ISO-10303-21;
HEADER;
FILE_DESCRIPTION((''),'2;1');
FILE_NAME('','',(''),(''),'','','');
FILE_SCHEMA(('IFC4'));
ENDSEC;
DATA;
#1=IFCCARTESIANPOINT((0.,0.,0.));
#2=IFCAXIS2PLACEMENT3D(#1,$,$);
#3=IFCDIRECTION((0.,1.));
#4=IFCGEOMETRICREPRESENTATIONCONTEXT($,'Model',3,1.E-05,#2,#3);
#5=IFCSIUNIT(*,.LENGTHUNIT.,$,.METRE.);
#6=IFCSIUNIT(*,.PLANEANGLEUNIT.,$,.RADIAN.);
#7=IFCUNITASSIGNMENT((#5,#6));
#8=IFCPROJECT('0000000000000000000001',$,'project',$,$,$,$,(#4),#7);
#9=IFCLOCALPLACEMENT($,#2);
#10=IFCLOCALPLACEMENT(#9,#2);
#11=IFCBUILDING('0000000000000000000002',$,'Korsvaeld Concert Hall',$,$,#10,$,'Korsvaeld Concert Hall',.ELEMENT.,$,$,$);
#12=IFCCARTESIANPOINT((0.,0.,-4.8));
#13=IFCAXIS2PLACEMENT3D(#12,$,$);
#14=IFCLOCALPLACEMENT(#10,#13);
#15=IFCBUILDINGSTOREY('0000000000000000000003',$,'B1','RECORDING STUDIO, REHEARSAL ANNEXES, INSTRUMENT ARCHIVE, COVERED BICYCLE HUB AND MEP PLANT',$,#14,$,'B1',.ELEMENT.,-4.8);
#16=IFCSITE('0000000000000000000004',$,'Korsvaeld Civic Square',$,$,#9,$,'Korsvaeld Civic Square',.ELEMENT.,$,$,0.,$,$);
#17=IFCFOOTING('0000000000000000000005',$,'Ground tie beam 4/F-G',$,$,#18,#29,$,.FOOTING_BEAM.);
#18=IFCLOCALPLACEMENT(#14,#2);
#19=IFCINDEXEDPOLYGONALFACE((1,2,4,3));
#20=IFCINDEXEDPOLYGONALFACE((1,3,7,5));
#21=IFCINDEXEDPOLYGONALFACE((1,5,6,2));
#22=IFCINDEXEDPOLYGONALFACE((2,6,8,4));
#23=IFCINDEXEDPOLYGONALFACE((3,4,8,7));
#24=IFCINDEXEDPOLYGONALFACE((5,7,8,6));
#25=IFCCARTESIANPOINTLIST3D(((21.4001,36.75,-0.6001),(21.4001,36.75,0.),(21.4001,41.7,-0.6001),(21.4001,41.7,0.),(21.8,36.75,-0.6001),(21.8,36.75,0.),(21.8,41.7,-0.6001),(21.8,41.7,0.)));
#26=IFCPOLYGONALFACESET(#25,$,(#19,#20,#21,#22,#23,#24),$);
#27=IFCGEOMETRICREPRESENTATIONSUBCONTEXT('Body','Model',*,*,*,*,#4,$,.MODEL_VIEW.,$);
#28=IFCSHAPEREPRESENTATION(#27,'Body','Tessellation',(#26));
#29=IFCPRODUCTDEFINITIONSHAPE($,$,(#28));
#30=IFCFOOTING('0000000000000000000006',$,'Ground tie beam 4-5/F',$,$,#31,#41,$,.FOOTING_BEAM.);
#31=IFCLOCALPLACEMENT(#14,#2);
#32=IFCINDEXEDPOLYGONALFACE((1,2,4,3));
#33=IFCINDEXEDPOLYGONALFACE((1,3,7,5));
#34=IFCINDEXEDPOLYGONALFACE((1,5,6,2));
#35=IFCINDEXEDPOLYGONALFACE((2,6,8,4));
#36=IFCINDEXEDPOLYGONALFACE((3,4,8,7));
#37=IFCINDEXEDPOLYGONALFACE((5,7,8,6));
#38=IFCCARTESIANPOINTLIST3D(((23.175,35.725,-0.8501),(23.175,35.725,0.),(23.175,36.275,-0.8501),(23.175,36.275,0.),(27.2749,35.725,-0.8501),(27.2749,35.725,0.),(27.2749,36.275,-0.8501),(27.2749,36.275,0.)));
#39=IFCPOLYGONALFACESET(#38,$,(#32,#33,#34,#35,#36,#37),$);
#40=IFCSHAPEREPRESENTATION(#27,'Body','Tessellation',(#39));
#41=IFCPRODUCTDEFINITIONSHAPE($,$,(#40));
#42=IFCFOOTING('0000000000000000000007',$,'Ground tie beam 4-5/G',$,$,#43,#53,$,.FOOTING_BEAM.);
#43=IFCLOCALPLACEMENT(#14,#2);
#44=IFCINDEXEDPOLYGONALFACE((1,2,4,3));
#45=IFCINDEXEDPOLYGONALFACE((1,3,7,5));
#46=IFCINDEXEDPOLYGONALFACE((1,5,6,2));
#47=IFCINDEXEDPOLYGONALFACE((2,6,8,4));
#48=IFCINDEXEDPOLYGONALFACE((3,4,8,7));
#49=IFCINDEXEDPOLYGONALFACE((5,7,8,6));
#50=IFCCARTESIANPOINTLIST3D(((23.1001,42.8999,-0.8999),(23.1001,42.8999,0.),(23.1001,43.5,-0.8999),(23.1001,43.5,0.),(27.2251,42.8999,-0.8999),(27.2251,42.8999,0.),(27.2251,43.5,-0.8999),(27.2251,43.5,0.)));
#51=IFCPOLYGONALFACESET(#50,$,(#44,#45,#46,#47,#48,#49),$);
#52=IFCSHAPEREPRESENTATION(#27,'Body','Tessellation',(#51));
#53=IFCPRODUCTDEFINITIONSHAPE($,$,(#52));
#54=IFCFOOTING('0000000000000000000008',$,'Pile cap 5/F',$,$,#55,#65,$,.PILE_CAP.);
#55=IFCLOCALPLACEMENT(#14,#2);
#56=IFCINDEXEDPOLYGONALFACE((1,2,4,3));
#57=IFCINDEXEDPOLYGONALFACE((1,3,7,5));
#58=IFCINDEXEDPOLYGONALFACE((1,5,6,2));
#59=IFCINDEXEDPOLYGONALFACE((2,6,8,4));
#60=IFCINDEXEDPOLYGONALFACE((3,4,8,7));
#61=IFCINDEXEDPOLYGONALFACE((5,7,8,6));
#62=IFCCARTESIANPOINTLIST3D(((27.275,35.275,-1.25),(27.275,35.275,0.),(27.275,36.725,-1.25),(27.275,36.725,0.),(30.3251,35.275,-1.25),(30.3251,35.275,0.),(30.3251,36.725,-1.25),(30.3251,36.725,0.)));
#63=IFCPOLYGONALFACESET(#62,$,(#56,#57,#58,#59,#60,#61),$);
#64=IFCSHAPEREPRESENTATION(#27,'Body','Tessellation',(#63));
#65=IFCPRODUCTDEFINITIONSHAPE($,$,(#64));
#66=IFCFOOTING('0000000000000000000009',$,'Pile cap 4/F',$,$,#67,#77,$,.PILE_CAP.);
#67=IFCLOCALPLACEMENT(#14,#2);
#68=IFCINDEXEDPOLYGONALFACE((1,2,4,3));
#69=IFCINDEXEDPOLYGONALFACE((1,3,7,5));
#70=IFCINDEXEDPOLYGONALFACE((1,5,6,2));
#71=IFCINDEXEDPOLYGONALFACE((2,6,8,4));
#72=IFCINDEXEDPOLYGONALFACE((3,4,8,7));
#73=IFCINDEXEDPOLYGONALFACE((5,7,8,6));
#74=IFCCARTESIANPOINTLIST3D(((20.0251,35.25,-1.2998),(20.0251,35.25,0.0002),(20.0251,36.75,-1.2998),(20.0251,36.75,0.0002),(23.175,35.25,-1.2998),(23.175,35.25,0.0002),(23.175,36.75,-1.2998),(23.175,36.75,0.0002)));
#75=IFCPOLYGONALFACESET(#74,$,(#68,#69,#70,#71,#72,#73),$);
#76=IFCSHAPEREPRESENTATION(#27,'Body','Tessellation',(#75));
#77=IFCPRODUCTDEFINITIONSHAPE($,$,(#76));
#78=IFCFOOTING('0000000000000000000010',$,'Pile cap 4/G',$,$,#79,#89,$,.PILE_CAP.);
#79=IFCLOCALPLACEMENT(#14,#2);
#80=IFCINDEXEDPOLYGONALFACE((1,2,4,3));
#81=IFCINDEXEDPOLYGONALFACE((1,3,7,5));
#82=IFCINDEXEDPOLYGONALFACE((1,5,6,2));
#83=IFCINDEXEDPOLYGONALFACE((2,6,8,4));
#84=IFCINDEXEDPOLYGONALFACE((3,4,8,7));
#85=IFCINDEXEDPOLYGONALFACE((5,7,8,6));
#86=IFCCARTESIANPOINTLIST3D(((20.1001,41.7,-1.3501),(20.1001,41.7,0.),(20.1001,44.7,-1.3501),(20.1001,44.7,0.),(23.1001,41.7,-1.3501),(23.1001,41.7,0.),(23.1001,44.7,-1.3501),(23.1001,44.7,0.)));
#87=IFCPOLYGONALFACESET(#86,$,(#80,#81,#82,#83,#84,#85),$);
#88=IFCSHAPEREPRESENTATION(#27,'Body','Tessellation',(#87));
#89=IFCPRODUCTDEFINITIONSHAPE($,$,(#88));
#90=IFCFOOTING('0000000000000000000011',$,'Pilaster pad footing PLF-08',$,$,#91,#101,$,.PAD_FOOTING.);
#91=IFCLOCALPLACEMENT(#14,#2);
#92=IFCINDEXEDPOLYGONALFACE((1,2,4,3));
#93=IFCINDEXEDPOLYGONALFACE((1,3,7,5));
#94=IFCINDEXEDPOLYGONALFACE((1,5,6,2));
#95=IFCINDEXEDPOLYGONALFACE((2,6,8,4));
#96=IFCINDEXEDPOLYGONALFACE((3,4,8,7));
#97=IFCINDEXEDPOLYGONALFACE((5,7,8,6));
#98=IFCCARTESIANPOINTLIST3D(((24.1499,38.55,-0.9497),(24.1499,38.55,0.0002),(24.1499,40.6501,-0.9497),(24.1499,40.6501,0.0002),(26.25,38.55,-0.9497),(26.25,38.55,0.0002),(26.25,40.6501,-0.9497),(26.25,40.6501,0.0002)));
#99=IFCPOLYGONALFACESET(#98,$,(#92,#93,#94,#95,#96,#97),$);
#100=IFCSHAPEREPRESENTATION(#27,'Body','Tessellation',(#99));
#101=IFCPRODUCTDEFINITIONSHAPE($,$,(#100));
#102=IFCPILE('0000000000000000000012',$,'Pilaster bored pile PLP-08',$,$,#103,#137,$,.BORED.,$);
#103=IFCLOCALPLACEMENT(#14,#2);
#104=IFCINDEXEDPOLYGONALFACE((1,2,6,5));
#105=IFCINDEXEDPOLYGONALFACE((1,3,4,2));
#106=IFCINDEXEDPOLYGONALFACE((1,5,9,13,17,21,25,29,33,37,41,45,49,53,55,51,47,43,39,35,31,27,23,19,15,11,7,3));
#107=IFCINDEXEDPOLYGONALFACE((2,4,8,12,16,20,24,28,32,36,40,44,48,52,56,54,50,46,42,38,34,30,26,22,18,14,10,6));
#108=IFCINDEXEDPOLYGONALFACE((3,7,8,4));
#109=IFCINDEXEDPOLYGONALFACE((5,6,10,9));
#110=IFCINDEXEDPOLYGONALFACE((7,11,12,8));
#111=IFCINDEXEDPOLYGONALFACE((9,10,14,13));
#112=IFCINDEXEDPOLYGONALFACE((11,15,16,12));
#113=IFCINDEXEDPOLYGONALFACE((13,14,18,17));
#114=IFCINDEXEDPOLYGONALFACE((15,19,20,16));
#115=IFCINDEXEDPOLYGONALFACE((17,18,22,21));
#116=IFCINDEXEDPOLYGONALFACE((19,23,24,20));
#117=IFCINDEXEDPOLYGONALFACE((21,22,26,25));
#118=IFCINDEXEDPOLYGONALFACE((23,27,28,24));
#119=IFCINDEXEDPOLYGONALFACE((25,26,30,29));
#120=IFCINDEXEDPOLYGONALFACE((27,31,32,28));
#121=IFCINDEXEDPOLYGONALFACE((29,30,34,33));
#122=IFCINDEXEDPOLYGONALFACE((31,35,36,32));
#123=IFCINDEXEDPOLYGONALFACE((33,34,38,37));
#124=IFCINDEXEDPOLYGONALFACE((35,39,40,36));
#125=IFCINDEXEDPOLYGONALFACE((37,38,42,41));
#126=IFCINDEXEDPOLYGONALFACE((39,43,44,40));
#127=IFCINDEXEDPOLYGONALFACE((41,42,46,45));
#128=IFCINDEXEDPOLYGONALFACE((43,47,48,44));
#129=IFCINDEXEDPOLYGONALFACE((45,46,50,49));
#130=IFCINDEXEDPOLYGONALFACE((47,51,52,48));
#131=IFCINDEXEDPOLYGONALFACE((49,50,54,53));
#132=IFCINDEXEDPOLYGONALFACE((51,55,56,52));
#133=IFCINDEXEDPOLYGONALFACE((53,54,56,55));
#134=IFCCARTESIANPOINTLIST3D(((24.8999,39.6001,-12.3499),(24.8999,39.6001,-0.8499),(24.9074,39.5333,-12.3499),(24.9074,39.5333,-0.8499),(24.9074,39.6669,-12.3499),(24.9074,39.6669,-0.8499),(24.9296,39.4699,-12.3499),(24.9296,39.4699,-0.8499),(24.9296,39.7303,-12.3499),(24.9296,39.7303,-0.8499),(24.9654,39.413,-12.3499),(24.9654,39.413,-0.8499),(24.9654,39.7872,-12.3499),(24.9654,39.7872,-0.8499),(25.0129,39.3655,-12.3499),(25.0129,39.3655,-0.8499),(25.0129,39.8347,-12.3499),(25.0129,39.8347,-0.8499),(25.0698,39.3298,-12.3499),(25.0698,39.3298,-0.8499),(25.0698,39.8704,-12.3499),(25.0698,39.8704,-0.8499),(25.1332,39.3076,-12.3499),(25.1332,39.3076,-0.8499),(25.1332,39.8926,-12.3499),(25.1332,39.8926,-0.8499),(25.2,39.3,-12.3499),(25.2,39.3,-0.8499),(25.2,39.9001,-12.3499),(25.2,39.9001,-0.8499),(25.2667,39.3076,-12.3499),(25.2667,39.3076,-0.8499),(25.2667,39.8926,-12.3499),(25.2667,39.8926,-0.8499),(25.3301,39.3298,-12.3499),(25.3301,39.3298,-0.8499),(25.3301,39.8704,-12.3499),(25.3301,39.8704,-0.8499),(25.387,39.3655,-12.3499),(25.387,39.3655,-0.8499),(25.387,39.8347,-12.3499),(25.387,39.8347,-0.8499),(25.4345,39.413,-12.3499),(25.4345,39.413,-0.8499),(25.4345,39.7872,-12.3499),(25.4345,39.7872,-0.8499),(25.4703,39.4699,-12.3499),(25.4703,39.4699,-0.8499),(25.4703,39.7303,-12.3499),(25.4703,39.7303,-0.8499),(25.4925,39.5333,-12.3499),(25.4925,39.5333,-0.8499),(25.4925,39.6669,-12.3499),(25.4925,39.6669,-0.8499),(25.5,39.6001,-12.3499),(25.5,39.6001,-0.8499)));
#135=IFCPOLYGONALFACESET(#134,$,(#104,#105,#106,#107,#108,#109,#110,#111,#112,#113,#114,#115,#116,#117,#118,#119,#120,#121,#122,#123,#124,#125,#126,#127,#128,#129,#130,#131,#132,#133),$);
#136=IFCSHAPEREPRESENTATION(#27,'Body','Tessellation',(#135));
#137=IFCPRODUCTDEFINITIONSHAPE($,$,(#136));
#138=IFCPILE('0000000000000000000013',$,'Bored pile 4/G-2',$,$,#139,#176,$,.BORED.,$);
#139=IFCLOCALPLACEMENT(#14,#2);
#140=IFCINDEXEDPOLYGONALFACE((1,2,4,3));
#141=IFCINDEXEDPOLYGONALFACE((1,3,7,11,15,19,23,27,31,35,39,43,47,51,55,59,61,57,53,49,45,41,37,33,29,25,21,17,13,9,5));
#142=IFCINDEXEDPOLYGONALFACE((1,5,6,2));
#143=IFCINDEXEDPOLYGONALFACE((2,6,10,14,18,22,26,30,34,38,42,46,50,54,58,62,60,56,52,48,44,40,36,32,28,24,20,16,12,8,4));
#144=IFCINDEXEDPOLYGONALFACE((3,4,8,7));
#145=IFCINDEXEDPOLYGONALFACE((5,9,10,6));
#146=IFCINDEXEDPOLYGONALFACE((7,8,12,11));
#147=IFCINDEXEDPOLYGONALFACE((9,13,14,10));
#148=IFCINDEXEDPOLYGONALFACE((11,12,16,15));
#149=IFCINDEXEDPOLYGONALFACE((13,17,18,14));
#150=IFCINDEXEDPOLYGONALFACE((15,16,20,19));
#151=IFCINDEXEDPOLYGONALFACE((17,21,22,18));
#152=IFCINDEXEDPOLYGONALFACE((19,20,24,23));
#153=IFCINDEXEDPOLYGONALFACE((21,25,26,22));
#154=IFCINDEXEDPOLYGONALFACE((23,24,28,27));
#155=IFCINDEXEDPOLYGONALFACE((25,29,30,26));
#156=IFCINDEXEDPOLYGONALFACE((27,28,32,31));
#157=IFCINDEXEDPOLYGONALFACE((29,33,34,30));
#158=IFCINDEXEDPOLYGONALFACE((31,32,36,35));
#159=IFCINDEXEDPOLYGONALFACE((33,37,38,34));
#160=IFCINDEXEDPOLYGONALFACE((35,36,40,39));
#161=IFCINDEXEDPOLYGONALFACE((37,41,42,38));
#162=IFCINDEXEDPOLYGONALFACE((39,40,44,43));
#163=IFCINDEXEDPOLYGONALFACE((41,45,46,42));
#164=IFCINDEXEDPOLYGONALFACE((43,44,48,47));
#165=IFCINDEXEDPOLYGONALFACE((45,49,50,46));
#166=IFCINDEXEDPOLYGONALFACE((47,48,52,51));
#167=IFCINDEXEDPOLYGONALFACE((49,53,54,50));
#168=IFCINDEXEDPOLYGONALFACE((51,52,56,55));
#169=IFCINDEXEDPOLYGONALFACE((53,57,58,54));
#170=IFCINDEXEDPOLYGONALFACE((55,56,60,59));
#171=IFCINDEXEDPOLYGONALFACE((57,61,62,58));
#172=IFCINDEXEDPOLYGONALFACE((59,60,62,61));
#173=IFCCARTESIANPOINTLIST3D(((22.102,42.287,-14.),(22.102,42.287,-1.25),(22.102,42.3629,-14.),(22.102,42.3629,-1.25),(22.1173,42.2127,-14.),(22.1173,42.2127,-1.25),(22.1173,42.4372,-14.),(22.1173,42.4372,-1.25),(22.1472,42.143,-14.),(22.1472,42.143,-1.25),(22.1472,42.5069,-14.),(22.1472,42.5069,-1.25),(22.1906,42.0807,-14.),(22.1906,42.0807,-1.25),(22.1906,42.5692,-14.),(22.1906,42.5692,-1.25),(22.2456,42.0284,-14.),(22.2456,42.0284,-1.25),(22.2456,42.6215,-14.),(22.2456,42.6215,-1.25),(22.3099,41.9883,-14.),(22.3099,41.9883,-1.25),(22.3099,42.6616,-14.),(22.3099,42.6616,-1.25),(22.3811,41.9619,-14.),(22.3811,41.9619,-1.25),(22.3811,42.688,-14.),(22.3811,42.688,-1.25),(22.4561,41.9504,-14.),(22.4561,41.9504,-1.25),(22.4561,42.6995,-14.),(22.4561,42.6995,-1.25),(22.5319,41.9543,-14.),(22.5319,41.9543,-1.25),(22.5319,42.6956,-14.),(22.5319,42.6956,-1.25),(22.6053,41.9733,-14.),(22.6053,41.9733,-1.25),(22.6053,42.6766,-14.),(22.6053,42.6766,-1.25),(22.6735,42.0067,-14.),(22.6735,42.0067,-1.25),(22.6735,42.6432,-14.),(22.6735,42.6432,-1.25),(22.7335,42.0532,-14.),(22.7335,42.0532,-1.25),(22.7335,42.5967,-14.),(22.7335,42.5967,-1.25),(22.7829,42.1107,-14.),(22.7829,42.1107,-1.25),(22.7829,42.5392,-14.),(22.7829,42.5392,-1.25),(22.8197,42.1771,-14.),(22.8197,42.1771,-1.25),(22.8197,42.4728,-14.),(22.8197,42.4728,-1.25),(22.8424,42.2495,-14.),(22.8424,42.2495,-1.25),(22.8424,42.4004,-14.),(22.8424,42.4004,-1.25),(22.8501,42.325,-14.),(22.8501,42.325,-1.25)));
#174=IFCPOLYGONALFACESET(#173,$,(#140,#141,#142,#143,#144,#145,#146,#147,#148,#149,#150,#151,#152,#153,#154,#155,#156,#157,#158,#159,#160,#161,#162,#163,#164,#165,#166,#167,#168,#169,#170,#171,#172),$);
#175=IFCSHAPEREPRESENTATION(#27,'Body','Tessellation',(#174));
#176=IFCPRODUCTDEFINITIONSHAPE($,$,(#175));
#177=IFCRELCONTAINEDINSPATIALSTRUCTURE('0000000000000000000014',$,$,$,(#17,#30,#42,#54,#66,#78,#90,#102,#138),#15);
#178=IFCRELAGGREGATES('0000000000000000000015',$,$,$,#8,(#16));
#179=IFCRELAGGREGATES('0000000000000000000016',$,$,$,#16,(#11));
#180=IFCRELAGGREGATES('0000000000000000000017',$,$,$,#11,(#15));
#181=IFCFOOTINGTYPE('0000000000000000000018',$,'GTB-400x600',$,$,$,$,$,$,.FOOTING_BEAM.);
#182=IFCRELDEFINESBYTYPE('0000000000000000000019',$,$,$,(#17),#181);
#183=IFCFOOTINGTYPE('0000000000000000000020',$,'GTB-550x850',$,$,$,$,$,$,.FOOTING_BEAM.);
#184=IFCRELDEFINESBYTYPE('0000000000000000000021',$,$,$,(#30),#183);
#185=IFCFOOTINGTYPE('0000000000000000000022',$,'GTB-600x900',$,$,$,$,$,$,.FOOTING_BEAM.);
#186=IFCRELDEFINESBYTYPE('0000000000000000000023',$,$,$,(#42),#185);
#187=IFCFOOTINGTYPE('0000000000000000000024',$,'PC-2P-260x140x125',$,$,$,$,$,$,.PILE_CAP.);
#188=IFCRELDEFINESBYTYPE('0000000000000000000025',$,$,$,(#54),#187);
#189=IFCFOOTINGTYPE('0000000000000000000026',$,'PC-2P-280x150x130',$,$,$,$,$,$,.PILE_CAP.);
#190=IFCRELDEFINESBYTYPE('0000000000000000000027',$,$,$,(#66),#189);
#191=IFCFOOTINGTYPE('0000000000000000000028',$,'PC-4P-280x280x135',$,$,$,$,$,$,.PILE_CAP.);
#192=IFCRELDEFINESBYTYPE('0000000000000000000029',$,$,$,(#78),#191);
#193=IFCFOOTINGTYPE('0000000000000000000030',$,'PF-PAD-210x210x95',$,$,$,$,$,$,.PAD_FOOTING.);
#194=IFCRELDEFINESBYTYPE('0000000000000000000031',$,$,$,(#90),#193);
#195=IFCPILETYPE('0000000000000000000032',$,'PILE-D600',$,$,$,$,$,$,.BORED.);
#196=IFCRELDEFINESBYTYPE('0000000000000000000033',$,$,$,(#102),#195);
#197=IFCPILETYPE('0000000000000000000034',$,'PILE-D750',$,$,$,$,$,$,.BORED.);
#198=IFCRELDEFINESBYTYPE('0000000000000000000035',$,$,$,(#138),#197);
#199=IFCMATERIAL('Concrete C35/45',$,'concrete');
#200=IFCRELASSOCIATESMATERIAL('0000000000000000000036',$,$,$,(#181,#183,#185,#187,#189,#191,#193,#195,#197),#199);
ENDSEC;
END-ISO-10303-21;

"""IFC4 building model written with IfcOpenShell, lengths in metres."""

from ifc_helpers import new_model, si_unit, direction, frame, origin, origin_2d, place, context, subcontext, project, spatial, rectangle, circle, extrude, material, material_profile, profile_set, type_object, element, save


model = new_model("IFC4")

# Units and contexts
model_context = context("Model", 3, precision=1e-05, world=origin(), true_north=direction((0.0, 1.0)))
body_context = subcontext(model_context, "Body", "Model", "MODEL_VIEW")
ifc_project = project(units=[si_unit("LENGTHUNIT", "METRE"), si_unit("PLANEANGLEUNIT", "RADIAN")], contexts=[model_context])

# Site, building, storey
site_placement = place(None, origin())
site = spatial("IfcSite", under=ifc_project, at=site_placement, Name="Korsvaeld Civic Square", LongName="Korsvaeld Civic Square", CompositionType="ELEMENT", RefElevation=0.0)
building_placement = place(site_placement, origin())
building = spatial("IfcBuilding", under=site, at=building_placement, Name="Korsvaeld Concert Hall", LongName="Korsvaeld Concert Hall", CompositionType="ELEMENT")
storey_placement = place(building_placement, frame((0.0, 0.0, -4.8)))
storey = spatial("IfcBuildingStorey", under=building, at=storey_placement, Name="B1", Description="RECORDING STUDIO, REHEARSAL ANNEXES, INSTRUMENT ARCHIVE, COVERED BICYCLE HUB AND MEP PLANT", LongName="B1", CompositionType="ELEMENT", Elevation=-4.8)

# Footings
ifc_material_1 = material(Name="Concrete C35/45", Category="concrete")
ifc_material_profile_1 = material_profile(ifc_material_1, rectangle(XDim=0.3999, YDim=0.6001, at=origin_2d()), Name="GTB 400x600")
ifc_profile_set_1 = profile_set([ifc_material_profile_1], Name="Concrete C35/45")
footing_type_1 = type_object("IfcFootingType", Name="GTB-400x600", PredefinedType="FOOTING_BEAM", material=ifc_profile_set_1)
footing_1_placement = place(storey_placement, frame((21.6001, 36.75, -0.3), z_axis=(0.0, 1.0, 0.0), x_axis=(-1.0, 0.0, 0.0)))
element("IfcFooting", 1, at=footing_1_placement, inside=storey, type_object=footing_type_1, Name="Ground tie beam 4/F-G", PredefinedType="FOOTING_BEAM", context=body_context, shape_type="SweptSolid", body=[
    extrude(rectangle(XDim=0.3999, YDim=0.6001, at=origin_2d()), origin(), (0.0, 0.0, 1.0), 4.95),
])
ifc_material_profile_2 = material_profile(ifc_material_1, rectangle(XDim=0.55, YDim=0.8501, at=origin_2d()), Name="GTB 550x850")
ifc_profile_set_2 = profile_set([ifc_material_profile_2], Name="Concrete C35/45")
footing_type_2 = type_object("IfcFootingType", Name="GTB-550x850", PredefinedType="FOOTING_BEAM", material=ifc_profile_set_2)
footing_2_placement = place(storey_placement, frame((23.175, 36.0, -0.425), z_axis=(1.0, 0.0, 0.0), x_axis=(0.0, 1.0, 0.0)))
element("IfcFooting", 2, at=footing_2_placement, inside=storey, type_object=footing_type_2, Name="Ground tie beam 4-5/F", PredefinedType="FOOTING_BEAM", context=body_context, shape_type="SweptSolid", body=[
    extrude(rectangle(XDim=0.55, YDim=0.8501, at=origin_2d()), origin(), (0.0, 0.0, 1.0), 4.0999),
])
ifc_material_profile_3 = material_profile(ifc_material_1, rectangle(XDim=0.6001, YDim=0.8999, at=origin_2d()), Name="GTB 600x900")
ifc_profile_set_3 = profile_set([ifc_material_profile_3], Name="Concrete C35/45")
footing_type_3 = type_object("IfcFootingType", Name="GTB-600x900", PredefinedType="FOOTING_BEAM", material=ifc_profile_set_3)
footing_3_placement = place(storey_placement, frame((23.1001, 43.2, -0.45), z_axis=(1.0, 0.0, 0.0), x_axis=(0.0, 1.0, 0.0)))
element("IfcFooting", 3, at=footing_3_placement, inside=storey, type_object=footing_type_3, Name="Ground tie beam 4-5/G", PredefinedType="FOOTING_BEAM", context=body_context, shape_type="SweptSolid", body=[
    extrude(rectangle(XDim=0.6001, YDim=0.8999, at=origin_2d()), origin(), (0.0, 0.0, 1.0), 4.125),
])
footing_type_4 = type_object("IfcFootingType", Name="PC-2P-260x140x125", PredefinedType="PILE_CAP", material=ifc_material_1)
footing_4_placement = place(storey_placement, frame((28.8, 36.0, -1.25), z_axis=(0.0, 0.0, 1.0), x_axis=(1.0, 0.0, 0.0)))
element("IfcFooting", 4, at=footing_4_placement, inside=storey, type_object=footing_type_4, Name="Pile cap 5/F", PredefinedType="PILE_CAP", context=body_context, shape_type="SweptSolid", body=[
    extrude(rectangle(XDim=3.05, YDim=1.45, at=origin_2d()), origin(), (0.0, 0.0, 1.0), 1.25),
])
footing_type_5 = type_object("IfcFootingType", Name="PC-2P-280x150x130", PredefinedType="PILE_CAP", material=ifc_material_1)
footing_5_placement = place(storey_placement, frame((21.6001, 36.0, -1.2998), z_axis=(0.0, 0.0, 1.0), x_axis=(1.0, 0.0, 0.0)))
element("IfcFooting", 5, at=footing_5_placement, inside=storey, type_object=footing_type_5, Name="Pile cap 4/F", PredefinedType="PILE_CAP", context=body_context, shape_type="SweptSolid", body=[
    extrude(rectangle(XDim=3.1499, YDim=1.5, at=origin_2d()), origin(), (0.0, 0.0, 1.0), 1.3),
])
footing_type_6 = type_object("IfcFootingType", Name="PC-4P-280x280x135", PredefinedType="PILE_CAP", material=ifc_material_1)
footing_6_placement = place(storey_placement, frame((21.6001, 43.2, -1.3501), z_axis=(0.0, 0.0, 1.0), x_axis=(1.0, 0.0, 0.0)))
element("IfcFooting", 6, at=footing_6_placement, inside=storey, type_object=footing_type_6, Name="Pile cap 4/G", PredefinedType="PILE_CAP", context=body_context, shape_type="SweptSolid", body=[
    extrude(rectangle(XDim=3.0, YDim=3.0, at=origin_2d()), origin(), (0.0, 0.0, 1.0), 1.3501),
])
footing_type_7 = type_object("IfcFootingType", Name="PF-PAD-210x210x95", PredefinedType="PAD_FOOTING", material=ifc_material_1)
footing_7_placement = place(storey_placement, frame((25.2, 39.6001, -0.9497), z_axis=(0.0, 0.0, 1.0), x_axis=(1.0, 0.0, 0.0)))
element("IfcFooting", 7, at=footing_7_placement, inside=storey, type_object=footing_type_7, Name="Pilaster pad footing PLF-08", PredefinedType="PAD_FOOTING", context=body_context, shape_type="SweptSolid", body=[
    extrude(rectangle(XDim=2.1001, YDim=2.1001, at=origin_2d()), origin(), (0.0, 0.0, 1.0), 0.95),
])

# Piles
ifc_material_profile_4 = material_profile(ifc_material_1, circle(Radius=0.3, at=origin_2d()), Name="BORED PILE D600")
ifc_profile_set_4 = profile_set([ifc_material_profile_4], Name="Concrete C35/45")
pile_type_1 = type_object("IfcPileType", Name="PILE-D600", PredefinedType="BORED", material=ifc_profile_set_4)
pile_1_placement = place(storey_placement, frame((25.2, 39.6001, -0.8499), z_axis=(0.0, 0.0, -1.0), x_axis=(1.0, 0.0, 0.0)))
element("IfcPile", 8, at=pile_1_placement, inside=storey, type_object=pile_type_1, Name="Pilaster bored pile PLP-08", PredefinedType="BORED", context=body_context, shape_type="SweptSolid", body=[
    extrude(circle(Radius=0.3, at=origin_2d()), origin(), (0.0, 0.0, 1.0), 11.5),
])
ifc_material_profile_5 = material_profile(ifc_material_1, circle(Radius=0.375, at=origin_2d()), Name="BORED PILE D750")
ifc_profile_set_5 = profile_set([ifc_material_profile_5], Name="Concrete C35/45")
pile_type_2 = type_object("IfcPileType", Name="PILE-D750", PredefinedType="BORED", material=ifc_profile_set_5)
pile_2_placement = place(storey_placement, frame((22.4751, 42.325, -1.25), z_axis=(0.0, 0.0, -1.0), x_axis=(1.0, 0.0, 0.0)))
element("IfcPile", 9, at=pile_2_placement, inside=storey, type_object=pile_type_2, Name="Bored pile 4/G-2", PredefinedType="BORED", context=body_context, shape_type="SweptSolid", body=[
    extrude(circle(Radius=0.375, at=origin_2d()), origin(), (0.0, 0.0, 1.0), 12.75),
])

save(model, "model.ifc")
